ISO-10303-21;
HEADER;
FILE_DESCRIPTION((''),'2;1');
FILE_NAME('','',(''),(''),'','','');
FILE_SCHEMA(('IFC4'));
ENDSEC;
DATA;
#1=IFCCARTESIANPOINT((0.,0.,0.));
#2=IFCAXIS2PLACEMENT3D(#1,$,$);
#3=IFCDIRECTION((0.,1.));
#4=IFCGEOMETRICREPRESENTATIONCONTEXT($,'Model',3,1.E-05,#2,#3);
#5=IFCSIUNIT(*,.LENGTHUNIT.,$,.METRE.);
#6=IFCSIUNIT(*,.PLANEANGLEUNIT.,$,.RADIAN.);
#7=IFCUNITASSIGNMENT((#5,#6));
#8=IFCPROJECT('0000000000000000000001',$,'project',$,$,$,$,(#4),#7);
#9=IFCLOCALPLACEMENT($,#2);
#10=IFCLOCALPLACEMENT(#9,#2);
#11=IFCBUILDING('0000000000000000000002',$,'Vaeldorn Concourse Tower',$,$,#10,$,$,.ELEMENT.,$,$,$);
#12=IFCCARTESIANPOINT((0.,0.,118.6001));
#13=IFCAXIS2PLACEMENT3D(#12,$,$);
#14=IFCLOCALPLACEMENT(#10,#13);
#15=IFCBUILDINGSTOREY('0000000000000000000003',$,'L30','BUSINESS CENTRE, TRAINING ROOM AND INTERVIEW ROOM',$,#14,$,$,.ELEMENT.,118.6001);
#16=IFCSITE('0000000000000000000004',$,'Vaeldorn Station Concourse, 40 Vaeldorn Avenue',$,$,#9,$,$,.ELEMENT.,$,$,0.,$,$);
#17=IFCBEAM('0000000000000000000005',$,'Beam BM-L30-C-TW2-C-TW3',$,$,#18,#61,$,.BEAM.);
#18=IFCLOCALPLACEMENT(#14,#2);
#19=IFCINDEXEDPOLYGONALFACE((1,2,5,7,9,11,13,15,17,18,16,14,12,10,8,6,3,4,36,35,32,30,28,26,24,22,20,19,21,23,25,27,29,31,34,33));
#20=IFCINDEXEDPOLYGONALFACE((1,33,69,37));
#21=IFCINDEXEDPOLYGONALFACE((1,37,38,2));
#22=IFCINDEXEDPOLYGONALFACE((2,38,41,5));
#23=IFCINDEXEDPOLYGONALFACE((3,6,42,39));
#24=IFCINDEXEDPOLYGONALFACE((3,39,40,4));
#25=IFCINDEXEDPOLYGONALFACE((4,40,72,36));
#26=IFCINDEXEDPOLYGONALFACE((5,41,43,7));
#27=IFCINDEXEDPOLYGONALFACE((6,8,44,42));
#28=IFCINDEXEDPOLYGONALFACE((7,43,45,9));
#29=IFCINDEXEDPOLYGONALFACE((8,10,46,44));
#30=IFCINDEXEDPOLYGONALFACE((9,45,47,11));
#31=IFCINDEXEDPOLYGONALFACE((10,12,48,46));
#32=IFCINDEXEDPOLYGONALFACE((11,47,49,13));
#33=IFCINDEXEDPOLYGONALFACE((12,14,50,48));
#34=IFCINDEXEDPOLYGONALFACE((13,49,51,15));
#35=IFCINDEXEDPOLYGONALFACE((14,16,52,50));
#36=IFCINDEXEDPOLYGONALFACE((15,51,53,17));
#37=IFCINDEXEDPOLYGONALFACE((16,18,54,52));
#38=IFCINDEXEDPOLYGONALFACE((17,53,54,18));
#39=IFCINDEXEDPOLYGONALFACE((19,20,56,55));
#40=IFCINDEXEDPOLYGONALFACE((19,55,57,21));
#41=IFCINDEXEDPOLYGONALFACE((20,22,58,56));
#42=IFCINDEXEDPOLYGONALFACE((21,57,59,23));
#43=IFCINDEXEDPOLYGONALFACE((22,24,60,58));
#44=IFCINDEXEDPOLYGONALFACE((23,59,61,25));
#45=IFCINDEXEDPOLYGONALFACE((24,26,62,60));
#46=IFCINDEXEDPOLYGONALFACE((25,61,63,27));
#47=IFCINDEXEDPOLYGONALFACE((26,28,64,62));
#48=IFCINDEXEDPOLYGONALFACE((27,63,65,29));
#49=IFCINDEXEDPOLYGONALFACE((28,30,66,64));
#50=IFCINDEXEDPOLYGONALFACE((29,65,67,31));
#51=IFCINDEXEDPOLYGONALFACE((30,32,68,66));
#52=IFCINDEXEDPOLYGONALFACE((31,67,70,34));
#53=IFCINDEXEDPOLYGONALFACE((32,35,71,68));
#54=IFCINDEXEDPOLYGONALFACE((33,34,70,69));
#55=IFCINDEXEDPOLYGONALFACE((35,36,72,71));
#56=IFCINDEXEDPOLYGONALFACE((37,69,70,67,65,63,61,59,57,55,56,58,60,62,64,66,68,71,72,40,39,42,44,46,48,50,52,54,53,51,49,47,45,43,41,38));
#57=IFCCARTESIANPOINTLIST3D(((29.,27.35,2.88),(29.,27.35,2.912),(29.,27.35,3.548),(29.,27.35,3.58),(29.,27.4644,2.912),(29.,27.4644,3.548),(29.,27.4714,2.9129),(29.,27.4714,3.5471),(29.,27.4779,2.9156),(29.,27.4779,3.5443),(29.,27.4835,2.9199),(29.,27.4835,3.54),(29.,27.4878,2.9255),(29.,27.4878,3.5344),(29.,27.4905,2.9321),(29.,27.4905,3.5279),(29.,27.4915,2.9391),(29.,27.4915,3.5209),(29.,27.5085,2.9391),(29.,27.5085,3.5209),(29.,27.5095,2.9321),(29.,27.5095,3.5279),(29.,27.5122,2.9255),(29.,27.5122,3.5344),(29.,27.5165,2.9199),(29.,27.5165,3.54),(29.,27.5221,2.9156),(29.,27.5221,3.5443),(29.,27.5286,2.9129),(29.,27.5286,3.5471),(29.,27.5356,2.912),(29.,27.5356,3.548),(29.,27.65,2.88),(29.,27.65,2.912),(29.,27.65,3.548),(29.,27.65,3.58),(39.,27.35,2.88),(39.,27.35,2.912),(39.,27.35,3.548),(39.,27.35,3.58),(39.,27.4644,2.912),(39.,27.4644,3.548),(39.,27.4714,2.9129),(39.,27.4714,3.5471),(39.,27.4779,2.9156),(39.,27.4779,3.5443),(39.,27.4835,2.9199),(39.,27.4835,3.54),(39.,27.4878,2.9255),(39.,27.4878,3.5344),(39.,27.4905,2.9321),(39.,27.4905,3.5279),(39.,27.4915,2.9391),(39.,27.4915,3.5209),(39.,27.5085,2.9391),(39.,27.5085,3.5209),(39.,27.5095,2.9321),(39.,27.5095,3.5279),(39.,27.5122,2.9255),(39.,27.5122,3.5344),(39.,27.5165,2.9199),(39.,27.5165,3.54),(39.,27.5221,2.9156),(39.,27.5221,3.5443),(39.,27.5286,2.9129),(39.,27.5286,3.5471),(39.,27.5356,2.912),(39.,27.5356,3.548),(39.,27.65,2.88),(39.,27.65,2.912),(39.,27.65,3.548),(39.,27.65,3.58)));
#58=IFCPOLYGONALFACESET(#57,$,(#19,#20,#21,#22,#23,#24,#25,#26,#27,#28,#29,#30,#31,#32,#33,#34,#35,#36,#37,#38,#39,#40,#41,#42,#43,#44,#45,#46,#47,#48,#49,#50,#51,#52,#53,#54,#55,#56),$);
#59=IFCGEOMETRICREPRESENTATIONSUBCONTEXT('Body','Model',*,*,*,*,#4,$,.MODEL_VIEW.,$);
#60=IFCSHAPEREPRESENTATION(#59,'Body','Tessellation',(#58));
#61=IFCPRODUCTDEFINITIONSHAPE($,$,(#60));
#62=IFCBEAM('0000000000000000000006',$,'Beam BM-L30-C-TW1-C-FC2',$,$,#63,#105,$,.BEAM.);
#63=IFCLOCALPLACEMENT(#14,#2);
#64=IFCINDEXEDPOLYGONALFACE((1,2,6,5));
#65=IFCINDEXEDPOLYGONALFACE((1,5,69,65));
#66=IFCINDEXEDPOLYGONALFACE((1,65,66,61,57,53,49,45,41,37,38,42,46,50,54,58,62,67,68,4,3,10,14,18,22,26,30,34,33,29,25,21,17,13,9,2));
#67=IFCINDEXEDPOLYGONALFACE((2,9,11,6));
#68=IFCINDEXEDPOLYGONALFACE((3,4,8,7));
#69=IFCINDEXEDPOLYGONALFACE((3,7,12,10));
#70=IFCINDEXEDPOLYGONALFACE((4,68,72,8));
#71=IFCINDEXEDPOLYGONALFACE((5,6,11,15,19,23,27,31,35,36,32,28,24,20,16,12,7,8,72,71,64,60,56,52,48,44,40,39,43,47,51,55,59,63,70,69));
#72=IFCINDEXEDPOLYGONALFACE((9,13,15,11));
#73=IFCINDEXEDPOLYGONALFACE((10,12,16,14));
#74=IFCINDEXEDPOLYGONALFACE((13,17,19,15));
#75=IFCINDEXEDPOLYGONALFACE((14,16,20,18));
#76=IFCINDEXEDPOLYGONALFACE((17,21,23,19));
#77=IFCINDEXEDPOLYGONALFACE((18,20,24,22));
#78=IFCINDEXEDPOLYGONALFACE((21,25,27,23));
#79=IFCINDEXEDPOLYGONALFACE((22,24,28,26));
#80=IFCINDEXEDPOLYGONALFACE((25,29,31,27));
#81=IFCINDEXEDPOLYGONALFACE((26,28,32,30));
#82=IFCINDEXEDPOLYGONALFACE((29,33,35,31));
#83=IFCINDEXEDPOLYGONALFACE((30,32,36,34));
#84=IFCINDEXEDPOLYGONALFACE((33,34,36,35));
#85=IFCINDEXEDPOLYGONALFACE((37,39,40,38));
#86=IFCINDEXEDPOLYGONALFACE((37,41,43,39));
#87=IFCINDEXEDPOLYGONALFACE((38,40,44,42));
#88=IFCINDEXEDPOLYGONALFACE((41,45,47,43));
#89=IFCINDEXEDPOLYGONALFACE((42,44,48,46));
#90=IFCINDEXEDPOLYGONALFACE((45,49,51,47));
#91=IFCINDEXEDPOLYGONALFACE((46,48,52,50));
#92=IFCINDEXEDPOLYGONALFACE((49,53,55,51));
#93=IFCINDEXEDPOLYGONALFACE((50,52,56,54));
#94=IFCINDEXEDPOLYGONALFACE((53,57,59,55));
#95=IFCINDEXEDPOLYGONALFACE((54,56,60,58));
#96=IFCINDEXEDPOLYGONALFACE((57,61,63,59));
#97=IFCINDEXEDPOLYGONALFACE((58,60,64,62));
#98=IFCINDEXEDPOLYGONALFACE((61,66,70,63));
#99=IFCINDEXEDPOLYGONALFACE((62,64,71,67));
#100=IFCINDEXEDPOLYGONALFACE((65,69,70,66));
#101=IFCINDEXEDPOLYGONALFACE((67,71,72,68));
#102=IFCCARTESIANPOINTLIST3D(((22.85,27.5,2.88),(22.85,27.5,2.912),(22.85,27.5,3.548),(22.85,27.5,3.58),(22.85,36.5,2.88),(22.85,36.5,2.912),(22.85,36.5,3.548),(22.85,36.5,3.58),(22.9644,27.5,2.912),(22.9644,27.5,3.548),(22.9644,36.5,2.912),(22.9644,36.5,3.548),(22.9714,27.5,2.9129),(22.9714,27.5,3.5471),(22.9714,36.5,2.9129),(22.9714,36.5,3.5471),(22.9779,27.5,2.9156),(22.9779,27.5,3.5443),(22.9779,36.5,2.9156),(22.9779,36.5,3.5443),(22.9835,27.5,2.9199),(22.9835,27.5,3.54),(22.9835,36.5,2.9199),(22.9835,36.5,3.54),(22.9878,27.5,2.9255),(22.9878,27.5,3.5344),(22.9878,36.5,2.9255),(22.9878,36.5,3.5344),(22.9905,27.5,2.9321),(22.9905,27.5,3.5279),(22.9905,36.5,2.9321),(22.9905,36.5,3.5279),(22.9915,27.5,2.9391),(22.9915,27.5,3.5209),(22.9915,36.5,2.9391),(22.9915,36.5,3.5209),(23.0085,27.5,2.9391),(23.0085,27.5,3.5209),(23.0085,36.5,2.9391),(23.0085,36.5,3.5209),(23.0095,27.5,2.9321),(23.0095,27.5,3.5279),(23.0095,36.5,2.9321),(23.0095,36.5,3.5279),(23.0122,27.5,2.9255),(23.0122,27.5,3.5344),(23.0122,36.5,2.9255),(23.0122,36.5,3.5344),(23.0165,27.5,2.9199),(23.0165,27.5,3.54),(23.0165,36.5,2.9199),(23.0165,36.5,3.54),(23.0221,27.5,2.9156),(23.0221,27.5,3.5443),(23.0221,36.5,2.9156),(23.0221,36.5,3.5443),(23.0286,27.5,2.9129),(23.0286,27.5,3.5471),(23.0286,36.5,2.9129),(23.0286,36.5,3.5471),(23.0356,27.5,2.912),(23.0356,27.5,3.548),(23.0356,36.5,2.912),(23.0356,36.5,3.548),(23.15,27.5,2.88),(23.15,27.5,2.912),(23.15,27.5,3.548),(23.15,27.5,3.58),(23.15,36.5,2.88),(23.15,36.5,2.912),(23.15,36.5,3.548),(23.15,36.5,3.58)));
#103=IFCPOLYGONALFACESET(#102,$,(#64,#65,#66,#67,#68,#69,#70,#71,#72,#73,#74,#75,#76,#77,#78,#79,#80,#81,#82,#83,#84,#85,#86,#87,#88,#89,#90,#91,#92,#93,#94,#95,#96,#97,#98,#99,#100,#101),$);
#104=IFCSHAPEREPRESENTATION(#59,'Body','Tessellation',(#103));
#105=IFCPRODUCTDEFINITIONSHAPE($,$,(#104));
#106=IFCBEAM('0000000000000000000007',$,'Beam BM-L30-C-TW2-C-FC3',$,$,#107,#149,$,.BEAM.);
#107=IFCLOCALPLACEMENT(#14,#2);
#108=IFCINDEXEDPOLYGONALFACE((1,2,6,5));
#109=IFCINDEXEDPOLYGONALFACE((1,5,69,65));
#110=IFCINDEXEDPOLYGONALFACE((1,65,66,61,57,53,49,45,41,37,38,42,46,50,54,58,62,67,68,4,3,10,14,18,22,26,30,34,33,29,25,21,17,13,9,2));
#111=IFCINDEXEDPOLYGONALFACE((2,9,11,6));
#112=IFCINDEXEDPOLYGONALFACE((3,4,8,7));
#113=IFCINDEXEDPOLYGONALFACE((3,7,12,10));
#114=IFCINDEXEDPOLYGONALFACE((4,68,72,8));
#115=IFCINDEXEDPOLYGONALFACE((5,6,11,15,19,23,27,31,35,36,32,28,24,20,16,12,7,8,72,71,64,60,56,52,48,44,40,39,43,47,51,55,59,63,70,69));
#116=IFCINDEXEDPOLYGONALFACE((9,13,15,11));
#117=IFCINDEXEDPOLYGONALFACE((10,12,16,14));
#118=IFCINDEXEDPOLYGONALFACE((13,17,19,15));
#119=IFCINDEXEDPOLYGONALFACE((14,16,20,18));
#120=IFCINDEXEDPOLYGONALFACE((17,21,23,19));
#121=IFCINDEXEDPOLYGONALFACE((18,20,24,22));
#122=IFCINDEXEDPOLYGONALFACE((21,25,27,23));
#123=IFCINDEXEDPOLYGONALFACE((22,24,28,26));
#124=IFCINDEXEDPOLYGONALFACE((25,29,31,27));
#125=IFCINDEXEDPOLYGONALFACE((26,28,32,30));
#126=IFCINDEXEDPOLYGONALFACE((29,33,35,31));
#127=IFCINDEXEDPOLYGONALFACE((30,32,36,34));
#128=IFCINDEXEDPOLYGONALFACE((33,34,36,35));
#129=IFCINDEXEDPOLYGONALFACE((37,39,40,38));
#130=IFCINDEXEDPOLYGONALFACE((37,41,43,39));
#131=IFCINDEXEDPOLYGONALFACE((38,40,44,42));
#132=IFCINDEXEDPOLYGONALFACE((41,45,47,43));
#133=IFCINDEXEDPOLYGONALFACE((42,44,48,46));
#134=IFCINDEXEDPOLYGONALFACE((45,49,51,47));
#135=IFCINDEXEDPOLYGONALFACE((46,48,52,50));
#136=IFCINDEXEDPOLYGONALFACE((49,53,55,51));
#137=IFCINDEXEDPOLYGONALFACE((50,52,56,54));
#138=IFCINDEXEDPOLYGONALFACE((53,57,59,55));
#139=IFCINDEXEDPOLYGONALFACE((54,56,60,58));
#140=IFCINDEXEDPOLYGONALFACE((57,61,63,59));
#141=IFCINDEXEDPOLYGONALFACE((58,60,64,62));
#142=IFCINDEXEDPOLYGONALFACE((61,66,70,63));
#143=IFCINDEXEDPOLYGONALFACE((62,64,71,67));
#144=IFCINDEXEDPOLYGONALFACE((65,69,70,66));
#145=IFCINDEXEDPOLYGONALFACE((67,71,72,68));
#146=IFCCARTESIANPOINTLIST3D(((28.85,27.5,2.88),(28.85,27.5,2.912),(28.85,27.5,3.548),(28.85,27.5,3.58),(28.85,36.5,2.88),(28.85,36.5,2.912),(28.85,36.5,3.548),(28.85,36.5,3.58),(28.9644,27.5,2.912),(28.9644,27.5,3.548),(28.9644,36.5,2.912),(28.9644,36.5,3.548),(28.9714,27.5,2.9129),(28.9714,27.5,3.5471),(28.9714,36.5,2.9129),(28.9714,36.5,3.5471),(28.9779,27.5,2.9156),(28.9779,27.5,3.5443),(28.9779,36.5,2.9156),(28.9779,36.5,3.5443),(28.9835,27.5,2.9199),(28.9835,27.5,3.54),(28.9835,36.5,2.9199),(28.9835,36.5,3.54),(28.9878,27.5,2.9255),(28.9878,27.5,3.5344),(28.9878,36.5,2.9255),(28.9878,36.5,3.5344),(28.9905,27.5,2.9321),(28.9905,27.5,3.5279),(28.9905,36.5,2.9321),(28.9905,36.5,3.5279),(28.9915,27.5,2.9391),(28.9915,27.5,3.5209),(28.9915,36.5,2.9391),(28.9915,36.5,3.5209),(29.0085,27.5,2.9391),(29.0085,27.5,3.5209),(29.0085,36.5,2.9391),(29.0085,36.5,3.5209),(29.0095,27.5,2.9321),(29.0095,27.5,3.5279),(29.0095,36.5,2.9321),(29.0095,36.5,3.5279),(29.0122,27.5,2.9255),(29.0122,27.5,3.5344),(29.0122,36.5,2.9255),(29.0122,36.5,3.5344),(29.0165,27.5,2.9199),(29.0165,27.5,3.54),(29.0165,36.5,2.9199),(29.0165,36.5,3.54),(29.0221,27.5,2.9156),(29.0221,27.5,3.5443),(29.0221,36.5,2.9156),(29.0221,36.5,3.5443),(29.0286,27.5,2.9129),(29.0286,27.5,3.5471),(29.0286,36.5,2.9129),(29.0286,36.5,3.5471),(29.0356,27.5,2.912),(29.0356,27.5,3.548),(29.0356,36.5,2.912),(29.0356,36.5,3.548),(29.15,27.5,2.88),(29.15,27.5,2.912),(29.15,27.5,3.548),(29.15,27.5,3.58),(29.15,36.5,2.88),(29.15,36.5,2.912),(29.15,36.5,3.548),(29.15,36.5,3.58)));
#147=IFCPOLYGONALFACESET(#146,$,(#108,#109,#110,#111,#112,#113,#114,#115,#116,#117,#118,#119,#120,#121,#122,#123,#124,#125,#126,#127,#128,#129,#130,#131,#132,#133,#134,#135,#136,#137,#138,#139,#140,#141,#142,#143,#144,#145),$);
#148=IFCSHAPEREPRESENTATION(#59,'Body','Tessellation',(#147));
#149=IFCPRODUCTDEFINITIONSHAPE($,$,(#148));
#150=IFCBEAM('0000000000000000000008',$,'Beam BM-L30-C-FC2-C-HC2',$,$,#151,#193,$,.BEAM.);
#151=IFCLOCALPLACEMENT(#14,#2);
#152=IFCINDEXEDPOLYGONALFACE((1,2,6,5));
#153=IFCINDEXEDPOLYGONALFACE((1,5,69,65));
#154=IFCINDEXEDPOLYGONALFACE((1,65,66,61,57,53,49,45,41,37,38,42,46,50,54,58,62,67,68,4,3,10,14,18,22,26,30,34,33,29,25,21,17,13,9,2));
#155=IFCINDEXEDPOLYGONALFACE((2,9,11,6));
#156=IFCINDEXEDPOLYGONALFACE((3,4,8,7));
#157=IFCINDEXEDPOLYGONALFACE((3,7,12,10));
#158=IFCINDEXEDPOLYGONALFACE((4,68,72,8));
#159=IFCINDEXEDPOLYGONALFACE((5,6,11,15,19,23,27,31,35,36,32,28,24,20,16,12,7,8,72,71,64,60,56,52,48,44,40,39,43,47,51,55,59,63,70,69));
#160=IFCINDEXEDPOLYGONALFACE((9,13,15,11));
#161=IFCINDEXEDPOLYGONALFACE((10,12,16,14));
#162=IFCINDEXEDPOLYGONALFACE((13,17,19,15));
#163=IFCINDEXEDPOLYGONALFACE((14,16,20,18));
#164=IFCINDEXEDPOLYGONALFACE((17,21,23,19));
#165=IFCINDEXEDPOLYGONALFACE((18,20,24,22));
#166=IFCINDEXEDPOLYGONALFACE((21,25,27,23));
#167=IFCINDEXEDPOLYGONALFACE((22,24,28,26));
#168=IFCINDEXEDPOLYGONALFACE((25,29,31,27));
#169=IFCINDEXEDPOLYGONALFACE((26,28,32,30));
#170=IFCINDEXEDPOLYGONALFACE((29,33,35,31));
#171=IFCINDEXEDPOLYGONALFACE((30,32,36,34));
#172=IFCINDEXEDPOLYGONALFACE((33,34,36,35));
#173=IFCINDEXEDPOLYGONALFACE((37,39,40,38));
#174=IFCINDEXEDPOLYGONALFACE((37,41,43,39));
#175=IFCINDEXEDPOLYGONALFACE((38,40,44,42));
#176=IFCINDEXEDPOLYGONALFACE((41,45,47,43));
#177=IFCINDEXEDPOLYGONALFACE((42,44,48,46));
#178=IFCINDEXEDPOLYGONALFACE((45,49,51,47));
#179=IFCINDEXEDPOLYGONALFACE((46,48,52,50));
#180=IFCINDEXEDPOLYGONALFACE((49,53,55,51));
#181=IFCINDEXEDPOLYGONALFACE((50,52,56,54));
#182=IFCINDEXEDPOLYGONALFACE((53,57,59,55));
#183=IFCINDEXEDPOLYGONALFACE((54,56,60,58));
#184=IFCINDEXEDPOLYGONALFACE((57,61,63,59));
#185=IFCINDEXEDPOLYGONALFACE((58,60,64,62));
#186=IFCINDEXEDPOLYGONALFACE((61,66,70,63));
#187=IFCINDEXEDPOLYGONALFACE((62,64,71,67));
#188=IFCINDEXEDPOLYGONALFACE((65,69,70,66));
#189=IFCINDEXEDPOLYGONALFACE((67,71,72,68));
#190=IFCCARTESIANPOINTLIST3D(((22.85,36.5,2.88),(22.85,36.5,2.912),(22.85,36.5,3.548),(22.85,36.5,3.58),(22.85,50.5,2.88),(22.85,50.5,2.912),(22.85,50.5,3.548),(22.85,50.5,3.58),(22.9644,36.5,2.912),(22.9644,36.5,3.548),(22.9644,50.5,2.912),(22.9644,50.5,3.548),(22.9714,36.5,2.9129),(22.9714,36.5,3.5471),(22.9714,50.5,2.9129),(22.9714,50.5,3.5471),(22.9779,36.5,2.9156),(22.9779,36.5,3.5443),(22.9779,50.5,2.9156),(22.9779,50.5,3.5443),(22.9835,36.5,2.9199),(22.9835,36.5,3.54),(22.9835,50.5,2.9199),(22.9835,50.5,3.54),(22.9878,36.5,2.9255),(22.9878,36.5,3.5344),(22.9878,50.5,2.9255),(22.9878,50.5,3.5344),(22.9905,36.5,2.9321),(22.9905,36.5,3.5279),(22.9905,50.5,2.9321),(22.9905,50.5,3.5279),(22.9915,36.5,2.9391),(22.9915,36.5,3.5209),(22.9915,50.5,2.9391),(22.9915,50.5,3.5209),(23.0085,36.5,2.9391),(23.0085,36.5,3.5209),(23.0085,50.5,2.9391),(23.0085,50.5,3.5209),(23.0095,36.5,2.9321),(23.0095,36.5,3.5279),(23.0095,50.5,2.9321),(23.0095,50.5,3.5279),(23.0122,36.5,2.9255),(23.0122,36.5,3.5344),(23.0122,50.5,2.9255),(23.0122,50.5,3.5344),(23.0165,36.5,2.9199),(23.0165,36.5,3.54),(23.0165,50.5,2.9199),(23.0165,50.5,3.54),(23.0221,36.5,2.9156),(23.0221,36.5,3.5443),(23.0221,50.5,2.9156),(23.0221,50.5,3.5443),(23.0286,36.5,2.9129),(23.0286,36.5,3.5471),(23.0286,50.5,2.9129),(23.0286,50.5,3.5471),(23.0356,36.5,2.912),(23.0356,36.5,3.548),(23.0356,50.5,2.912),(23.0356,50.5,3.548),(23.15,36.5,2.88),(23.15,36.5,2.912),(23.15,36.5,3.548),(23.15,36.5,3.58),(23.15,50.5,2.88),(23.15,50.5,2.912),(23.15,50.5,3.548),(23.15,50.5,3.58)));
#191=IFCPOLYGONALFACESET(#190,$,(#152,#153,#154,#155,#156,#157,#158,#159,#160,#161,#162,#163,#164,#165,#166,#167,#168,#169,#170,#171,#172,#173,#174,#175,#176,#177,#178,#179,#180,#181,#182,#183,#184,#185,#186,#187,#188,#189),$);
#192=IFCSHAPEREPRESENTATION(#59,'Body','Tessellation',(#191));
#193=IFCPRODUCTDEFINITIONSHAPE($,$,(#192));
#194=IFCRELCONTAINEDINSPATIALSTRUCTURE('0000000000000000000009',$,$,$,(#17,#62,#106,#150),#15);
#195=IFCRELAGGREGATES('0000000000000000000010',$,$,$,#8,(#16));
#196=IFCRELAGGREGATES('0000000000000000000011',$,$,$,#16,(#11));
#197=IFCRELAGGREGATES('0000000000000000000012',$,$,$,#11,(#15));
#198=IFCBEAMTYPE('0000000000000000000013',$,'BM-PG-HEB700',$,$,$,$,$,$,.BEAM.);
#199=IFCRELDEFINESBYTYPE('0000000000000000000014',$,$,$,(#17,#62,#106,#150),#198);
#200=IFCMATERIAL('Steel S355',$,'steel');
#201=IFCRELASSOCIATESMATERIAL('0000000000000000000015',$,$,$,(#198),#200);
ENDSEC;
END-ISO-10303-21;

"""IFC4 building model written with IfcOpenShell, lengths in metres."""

from ifc_helpers import new_model, si_unit, direction, frame, origin, origin_2d, place, context, subcontext, project, spatial, i_section, extrude, source, transform, mapped, material, material_profile, profile_set, type_object, element, save


model = new_model("IFC4")

# Units and contexts
model_context = context("Model", 3, precision=1e-05, world=origin(), true_north=direction((0.0, 1.0)))
body_context = subcontext(model_context, "Body", "Model", "MODEL_VIEW")
ifc_project = project(units=[si_unit("LENGTHUNIT", "METRE"), si_unit("PLANEANGLEUNIT", "RADIAN")], contexts=[model_context])

# Site, building, storey
site_placement = place(None, origin())
site = spatial("IfcSite", under=ifc_project, at=site_placement, Name="Vaeldorn Station Concourse, 40 Vaeldorn Avenue", CompositionType="ELEMENT", RefElevation=0.0)
building_placement = place(site_placement, origin())
building = spatial("IfcBuilding", under=site, at=building_placement, Name="Vaeldorn Concourse Tower", CompositionType="ELEMENT")
storey_placement = place(building_placement, frame((0.0, 0.0, 118.6001)))
storey = spatial("IfcBuildingStorey", under=building, at=storey_placement, Name="L30", Description="BUSINESS CENTRE, TRAINING ROOM AND INTERVIEW ROOM", CompositionType="ELEMENT", Elevation=118.6001)

# Beams
ifc_material_1 = material(Name="Steel S355", Category="steel")
ifc_material_profile_1 = material_profile(ifc_material_1, i_section(OverallWidth=0.3, OverallDepth=0.7, WebThickness=0.0171, FlangeThickness=0.032, FilletRadius=0.0271, at=origin_2d()), Name="HEB 700")
ifc_profile_set_1 = profile_set([ifc_material_profile_1], Name="Steel S355")
beam_type_1 = type_object("IfcBeamType", Name="BM-PG-HEB700", PredefinedType="BEAM", material=ifc_profile_set_1)
shared_shape_1 = source(origin(), body_context, "Body", "SweptSolid", [
    extrude(i_section(OverallWidth=0.3, OverallDepth=0.7, WebThickness=0.0171, FlangeThickness=0.032, FilletRadius=0.0271, at=origin_2d()), origin(), (0.0, 0.0, 1.0), 10.0),
])
for number, where, z_axis, x_axis, name in (
    (1, (29.0, 27.5, 3.23), (1.0, 0.0, 0.0), (0.0, 1.0, 0.0), "Beam BM-L30-C-TW2-C-TW3"),
):
    element("IfcBeam", number, at=place(storey_placement, frame(where, z_axis=z_axis, x_axis=x_axis)), inside=storey, type_object=beam_type_1, Name=name, PredefinedType="BEAM", context=body_context, shape_type="MappedRepresentation", body=[
        mapped(shared_shape_1, transform((0.0, 0.0, 0.0), scale=1.0)),
    ])
shared_shape_2 = source(origin(), body_context, "Body", "SweptSolid", [
    extrude(i_section(OverallWidth=0.3, OverallDepth=0.7, WebThickness=0.0171, FlangeThickness=0.032, FilletRadius=0.0271, at=origin_2d()), origin(), (0.0, 0.0, 1.0), 9.0),
])
for number, where, z_axis, x_axis, name in (
    (2, (23.0, 27.5, 3.23), (0.0, 1.0, 0.0), (-1.0, 0.0, 0.0), "Beam BM-L30-C-TW1-C-FC2"),
    (3, (29.0, 27.5, 3.23), (0.0, 1.0, 0.0), (-1.0, 0.0, 0.0), "Beam BM-L30-C-TW2-C-FC3"),
):
    element("IfcBeam", number, at=place(storey_placement, frame(where, z_axis=z_axis, x_axis=x_axis)), inside=storey, type_object=beam_type_1, Name=name, PredefinedType="BEAM", context=body_context, shape_type="MappedRepresentation", body=[
        mapped(shared_shape_2, transform((0.0, 0.0, 0.0), scale=1.0)),
    ])
shared_shape_3 = source(origin(), body_context, "Body", "SweptSolid", [
    extrude(i_section(OverallWidth=0.3, OverallDepth=0.7, WebThickness=0.0171, FlangeThickness=0.032, FilletRadius=0.0271, at=origin_2d()), origin(), (0.0, 0.0, 1.0), 14.0),
])
beam_placement = place(storey_placement, frame((23.0, 36.5, 3.23), z_axis=(0.0, 1.0, 0.0), x_axis=(-1.0, 0.0, 0.0)))
element("IfcBeam", 4, at=beam_placement, inside=storey, type_object=beam_type_1, Name="Beam BM-L30-C-FC2-C-HC2", PredefinedType="BEAM", context=body_context, shape_type="MappedRepresentation", body=[
    mapped(shared_shape_3, transform((0.0, 0.0, 0.0), scale=1.0)),
])

save(model, "model.ifc")
